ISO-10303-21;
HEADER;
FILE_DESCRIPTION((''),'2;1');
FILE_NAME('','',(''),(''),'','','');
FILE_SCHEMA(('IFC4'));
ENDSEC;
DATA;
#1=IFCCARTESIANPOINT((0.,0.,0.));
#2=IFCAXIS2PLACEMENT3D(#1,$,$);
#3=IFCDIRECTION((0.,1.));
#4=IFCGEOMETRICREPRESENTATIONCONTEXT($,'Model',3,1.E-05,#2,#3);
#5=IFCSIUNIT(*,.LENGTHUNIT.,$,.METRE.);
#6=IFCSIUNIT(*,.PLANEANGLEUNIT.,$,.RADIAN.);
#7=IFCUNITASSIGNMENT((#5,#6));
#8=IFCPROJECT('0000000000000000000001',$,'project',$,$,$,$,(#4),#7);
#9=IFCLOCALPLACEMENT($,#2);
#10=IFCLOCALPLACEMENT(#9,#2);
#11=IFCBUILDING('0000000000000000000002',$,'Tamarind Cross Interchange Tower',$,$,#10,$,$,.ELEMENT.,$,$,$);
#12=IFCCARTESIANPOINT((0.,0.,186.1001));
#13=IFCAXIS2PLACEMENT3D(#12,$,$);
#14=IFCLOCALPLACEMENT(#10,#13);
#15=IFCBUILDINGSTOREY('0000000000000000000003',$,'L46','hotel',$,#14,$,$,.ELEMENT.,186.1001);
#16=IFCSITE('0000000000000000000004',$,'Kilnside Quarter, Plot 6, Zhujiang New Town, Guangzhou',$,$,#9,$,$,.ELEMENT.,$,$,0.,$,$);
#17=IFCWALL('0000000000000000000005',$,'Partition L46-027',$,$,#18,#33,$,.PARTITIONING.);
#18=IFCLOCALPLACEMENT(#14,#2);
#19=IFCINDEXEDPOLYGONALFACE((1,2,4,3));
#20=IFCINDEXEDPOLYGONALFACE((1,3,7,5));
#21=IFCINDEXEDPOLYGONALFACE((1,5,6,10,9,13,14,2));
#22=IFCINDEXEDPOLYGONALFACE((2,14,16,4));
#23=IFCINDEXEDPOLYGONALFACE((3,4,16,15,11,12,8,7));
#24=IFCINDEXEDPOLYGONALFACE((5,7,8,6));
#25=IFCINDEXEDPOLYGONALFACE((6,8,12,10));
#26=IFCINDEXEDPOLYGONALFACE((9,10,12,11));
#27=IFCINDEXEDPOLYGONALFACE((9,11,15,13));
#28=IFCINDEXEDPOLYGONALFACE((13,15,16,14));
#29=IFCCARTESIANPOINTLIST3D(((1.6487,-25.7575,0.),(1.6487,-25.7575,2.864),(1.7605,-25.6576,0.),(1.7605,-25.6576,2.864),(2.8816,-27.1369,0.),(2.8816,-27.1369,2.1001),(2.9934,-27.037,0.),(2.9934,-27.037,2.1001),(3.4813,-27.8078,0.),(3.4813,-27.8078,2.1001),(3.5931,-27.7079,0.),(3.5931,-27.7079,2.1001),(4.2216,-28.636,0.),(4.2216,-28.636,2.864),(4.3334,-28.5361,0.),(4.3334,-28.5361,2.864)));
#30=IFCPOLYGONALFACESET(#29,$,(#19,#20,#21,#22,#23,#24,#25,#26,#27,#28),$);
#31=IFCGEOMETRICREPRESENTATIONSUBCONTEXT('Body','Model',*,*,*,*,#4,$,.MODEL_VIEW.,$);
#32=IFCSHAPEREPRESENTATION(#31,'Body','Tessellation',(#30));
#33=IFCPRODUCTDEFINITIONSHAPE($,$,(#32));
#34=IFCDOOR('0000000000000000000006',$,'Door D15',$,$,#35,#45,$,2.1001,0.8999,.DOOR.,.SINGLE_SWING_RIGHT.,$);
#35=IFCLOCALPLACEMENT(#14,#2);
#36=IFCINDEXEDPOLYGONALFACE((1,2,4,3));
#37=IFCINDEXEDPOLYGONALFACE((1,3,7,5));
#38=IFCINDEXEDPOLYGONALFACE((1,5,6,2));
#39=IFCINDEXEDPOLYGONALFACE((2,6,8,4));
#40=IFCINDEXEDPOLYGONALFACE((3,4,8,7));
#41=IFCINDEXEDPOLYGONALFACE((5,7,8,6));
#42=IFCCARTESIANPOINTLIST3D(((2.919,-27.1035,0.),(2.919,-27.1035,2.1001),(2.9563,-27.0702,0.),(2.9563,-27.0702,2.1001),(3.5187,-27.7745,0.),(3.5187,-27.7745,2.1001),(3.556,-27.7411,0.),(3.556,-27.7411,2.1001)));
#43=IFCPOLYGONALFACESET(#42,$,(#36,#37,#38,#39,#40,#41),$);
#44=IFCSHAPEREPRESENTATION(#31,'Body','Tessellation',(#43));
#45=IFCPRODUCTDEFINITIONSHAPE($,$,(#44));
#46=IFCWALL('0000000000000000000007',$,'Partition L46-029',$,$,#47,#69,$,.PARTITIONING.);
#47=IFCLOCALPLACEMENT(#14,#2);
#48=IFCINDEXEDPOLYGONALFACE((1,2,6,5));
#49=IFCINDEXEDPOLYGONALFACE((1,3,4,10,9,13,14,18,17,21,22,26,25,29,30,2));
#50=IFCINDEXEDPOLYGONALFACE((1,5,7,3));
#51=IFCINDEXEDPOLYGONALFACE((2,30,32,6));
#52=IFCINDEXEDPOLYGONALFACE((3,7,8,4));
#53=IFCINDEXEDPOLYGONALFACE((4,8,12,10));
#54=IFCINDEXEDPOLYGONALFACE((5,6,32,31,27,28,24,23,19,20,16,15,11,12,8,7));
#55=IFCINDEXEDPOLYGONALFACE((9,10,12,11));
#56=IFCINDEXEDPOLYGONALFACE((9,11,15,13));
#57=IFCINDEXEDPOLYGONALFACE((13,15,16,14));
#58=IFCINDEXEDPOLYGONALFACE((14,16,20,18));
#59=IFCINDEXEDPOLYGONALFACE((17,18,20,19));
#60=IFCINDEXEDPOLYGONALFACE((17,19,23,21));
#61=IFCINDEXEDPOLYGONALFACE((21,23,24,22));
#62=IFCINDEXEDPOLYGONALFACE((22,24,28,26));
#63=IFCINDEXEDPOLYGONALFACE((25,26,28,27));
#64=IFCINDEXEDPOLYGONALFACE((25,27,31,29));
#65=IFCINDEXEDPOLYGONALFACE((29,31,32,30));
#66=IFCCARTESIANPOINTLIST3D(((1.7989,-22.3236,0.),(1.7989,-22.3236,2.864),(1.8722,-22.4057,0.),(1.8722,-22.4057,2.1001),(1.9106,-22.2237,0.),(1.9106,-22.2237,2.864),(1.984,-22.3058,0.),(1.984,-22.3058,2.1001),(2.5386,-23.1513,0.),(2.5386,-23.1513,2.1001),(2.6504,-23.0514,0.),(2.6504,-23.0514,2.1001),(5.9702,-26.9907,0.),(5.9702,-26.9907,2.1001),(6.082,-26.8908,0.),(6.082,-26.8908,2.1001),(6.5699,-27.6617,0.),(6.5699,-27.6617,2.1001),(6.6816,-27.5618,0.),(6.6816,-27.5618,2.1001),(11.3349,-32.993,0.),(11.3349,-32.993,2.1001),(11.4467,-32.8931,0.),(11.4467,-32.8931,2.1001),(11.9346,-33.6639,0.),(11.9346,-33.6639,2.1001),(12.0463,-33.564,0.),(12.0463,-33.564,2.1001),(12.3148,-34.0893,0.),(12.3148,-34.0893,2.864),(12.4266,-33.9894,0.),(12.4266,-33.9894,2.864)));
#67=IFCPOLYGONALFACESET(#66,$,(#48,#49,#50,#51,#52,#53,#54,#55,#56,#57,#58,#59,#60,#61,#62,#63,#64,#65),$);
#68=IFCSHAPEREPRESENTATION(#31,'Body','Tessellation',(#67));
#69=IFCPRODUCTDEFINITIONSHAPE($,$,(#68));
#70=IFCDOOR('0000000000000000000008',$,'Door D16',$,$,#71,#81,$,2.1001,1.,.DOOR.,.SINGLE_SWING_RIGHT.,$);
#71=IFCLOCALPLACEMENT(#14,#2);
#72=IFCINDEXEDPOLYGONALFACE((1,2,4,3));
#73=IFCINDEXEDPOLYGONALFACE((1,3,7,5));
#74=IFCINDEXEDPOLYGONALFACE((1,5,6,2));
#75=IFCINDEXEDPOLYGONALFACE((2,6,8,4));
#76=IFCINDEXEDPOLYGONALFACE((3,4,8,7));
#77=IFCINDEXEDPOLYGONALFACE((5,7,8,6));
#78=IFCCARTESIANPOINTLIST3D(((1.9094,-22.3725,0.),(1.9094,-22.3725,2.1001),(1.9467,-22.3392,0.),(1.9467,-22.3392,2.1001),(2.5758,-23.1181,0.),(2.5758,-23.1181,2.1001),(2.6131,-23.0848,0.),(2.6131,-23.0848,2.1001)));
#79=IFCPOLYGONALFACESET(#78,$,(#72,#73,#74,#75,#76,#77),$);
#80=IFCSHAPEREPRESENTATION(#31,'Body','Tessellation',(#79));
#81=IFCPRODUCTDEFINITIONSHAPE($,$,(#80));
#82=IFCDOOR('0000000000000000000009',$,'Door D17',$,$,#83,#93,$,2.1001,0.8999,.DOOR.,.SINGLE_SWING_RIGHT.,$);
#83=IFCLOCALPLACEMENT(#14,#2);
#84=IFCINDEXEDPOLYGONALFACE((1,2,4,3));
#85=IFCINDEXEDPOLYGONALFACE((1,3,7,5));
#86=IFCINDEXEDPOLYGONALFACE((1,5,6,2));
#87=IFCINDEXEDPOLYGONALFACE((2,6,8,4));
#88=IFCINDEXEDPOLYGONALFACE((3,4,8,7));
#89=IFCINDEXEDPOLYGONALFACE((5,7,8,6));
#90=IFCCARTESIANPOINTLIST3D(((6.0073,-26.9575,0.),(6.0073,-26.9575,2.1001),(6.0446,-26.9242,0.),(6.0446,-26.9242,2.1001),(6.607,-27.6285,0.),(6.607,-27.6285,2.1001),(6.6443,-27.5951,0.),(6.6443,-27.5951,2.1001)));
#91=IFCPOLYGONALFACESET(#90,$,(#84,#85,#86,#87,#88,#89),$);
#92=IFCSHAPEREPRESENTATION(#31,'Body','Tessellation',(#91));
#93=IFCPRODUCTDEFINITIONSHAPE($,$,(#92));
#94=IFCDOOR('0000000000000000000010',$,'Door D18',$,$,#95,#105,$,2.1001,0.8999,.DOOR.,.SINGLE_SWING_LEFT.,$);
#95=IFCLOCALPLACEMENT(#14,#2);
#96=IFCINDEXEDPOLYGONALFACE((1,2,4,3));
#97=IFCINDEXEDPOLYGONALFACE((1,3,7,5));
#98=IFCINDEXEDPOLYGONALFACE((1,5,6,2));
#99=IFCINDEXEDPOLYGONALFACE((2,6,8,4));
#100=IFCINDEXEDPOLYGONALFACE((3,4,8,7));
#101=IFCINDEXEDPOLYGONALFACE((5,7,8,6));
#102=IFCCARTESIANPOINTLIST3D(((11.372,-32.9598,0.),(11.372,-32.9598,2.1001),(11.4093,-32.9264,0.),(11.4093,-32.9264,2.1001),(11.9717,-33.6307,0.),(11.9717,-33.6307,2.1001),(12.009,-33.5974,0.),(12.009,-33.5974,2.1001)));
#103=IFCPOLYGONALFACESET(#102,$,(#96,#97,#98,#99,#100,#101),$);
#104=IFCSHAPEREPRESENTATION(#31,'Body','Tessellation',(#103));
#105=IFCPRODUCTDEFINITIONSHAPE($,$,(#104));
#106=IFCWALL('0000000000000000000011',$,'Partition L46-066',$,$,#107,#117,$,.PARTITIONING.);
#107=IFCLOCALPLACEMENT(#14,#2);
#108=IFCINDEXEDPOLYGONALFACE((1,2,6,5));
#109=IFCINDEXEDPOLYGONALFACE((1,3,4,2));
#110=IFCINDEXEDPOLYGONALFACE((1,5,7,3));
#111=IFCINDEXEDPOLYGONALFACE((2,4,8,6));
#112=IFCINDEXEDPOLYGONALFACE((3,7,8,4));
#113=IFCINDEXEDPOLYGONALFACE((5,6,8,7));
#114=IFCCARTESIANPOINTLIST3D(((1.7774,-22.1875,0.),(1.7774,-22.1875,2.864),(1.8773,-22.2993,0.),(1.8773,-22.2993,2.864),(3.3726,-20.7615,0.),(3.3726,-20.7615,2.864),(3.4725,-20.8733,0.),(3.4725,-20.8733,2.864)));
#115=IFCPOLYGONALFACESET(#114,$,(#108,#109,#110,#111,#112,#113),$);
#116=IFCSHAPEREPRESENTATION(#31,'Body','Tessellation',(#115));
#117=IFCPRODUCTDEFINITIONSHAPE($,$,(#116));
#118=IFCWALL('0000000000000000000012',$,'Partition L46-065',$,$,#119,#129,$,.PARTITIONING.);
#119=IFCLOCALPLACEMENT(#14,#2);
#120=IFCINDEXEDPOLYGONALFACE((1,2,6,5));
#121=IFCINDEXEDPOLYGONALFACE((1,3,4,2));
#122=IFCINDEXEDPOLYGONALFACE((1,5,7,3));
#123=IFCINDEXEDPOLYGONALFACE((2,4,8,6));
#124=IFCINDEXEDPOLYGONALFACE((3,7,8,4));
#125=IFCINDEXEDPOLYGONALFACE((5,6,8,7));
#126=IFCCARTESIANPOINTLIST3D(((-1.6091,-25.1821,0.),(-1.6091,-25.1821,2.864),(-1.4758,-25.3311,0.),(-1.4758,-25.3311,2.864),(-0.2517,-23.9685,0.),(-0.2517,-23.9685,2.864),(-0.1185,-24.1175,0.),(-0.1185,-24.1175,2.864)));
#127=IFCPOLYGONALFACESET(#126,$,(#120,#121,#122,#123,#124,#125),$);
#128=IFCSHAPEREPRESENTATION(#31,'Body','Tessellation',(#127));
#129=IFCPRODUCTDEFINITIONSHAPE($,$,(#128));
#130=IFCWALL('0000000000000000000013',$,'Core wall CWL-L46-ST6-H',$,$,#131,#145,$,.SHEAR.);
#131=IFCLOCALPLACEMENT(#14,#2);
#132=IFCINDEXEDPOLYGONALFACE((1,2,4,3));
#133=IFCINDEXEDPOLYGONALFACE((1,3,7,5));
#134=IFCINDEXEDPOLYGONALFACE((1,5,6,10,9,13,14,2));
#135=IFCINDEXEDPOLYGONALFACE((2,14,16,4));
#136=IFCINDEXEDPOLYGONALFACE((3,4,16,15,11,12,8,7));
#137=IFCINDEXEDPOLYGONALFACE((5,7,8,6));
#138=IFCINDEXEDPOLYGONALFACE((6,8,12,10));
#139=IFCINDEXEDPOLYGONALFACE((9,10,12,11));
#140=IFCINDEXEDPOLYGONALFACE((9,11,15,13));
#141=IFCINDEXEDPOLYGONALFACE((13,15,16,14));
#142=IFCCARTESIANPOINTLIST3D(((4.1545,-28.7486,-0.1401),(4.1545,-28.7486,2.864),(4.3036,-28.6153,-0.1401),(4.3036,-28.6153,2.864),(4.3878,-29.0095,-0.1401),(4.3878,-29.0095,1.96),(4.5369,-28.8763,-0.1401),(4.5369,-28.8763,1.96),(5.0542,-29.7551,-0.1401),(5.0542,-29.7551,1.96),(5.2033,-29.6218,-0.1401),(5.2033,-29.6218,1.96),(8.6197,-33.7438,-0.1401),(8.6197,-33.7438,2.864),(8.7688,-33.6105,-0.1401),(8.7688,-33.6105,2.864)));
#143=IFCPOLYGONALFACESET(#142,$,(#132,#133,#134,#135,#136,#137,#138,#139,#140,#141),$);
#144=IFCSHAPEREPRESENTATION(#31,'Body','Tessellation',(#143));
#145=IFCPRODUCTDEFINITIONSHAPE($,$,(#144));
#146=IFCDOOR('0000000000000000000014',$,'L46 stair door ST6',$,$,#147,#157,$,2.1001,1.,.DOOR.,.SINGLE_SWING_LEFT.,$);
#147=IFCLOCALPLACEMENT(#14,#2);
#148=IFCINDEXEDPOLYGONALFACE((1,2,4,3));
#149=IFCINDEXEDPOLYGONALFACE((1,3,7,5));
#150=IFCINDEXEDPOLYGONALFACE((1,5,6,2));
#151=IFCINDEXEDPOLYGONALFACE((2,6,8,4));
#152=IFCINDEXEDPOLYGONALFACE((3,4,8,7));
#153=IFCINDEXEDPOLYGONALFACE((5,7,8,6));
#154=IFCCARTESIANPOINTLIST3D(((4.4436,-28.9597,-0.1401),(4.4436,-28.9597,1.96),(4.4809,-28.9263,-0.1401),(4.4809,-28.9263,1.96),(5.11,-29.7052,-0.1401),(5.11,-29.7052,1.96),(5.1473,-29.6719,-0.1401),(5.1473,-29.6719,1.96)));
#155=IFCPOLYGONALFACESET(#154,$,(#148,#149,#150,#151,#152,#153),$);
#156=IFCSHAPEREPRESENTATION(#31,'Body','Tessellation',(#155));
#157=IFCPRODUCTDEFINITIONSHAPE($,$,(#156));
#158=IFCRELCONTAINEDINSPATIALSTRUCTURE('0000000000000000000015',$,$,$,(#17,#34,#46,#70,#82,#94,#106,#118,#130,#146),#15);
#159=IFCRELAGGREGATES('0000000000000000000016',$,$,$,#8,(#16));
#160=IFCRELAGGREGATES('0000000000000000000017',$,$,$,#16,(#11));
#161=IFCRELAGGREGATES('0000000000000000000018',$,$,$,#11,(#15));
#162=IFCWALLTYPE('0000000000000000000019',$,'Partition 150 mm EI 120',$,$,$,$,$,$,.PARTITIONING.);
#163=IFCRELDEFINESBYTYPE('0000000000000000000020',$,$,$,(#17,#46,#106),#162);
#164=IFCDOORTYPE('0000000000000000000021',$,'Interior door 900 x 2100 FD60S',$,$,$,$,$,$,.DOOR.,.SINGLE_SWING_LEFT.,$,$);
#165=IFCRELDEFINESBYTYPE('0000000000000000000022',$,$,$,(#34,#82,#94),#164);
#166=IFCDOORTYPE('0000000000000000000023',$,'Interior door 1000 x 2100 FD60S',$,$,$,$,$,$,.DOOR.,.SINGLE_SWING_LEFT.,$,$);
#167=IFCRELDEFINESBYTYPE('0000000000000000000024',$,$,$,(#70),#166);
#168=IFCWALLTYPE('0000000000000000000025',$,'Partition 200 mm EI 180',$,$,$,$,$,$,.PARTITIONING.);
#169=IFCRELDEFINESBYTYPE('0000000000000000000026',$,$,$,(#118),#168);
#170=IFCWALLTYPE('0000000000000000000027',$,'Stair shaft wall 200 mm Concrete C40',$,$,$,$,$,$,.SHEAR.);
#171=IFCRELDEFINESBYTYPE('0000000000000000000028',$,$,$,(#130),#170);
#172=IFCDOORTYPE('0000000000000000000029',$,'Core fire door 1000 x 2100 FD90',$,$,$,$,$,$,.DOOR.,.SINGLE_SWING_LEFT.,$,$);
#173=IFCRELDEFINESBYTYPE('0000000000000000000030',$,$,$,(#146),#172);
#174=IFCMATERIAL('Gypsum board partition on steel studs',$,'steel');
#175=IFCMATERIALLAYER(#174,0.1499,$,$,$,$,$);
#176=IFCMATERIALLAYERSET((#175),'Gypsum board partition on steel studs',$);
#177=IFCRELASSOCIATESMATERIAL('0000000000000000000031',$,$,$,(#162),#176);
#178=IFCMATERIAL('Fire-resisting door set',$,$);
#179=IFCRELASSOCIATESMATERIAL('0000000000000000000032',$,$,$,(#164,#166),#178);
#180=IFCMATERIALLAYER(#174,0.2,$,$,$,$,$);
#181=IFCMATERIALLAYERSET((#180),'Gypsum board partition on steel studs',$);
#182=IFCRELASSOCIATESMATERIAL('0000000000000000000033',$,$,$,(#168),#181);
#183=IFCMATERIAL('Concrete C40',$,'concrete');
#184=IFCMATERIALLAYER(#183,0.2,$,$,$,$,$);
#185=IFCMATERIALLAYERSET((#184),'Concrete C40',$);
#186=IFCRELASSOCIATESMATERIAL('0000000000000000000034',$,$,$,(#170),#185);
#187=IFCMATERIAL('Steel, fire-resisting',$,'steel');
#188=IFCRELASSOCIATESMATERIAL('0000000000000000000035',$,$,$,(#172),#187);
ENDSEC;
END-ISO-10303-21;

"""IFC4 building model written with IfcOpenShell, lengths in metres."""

from ifc_helpers import new_model, si_unit, direction, frame, frame_2d, origin, place, context, subcontext, project, spatial, rectangle, extrude, material, layer, layer_set, type_object, element, fill, save


model = new_model("IFC4")

# Units and contexts
model_context = context("Model", 3, precision=1e-05, world=origin(), true_north=direction((0.0, 1.0)))
body_context = subcontext(model_context, "Body", "Model", "MODEL_VIEW")
ifc_project = project(units=[si_unit("LENGTHUNIT", "METRE"), si_unit("PLANEANGLEUNIT", "RADIAN")], contexts=[model_context])

# Site, building, storey
site_placement = place(None, origin())
site = spatial("IfcSite", under=ifc_project, at=site_placement, Name="Kilnside Quarter, Plot 6, Zhujiang New Town, Guangzhou", CompositionType="ELEMENT", RefElevation=0.0)
building_placement = place(site_placement, origin())
building = spatial("IfcBuilding", under=site, at=building_placement, Name="Tamarind Cross Interchange Tower", CompositionType="ELEMENT")
storey_placement = place(building_placement, frame((0.0, 0.0, 186.1001)))
storey = spatial("IfcBuildingStorey", under=building, at=storey_placement, Name="L46", Description="hotel", CompositionType="ELEMENT", Elevation=186.1001)

# Wall, opening, door
ifc_material_1 = material(Name="Gypsum board partition on steel studs", Category="steel")
ifc_layer_1 = layer(ifc_material_1, 0.1499)
ifc_layer_set_1 = layer_set([ifc_layer_1], Name="Gypsum board partition on steel studs")
wall_type_1 = type_object("IfcWallType", Name="Partition 150 mm EI 120", PredefinedType="PARTITIONING", material=ifc_layer_set_1)
ifc_material_2 = material(Name="Fire-resisting door set")
door_type_1 = type_object("IfcDoorType", Name="Interior door 900 x 2100 FD60S", OperationType="SINGLE_SWING_LEFT", PredefinedType="DOOR", material=ifc_material_2)
wall_1_placement = place(storey_placement, frame((1.7046, -25.7075, 0.0), z_axis=(0.0, 0.0, 1.0), x_axis=(0.666414, -0.745582, 0.0)))
wall_1 = element("IfcWall", 1, at=wall_1_placement, inside=storey, type_object=wall_type_1, Name="Partition L46-027", PredefinedType="PARTITIONING", context=body_context, shape_type="SweptSolid", body=[
    extrude(rectangle(XDim=3.8608, YDim=0.1499, at=frame_2d((1.9304, 0.0))), origin(), (0.0, 0.0, 1.0), 2.864),
])
opening_1_placement = place(wall_1_placement, frame((1.8501, 0.0, 0.0)))
opening_1 = element("IfcOpeningElement", 2, at=opening_1_placement, cuts=wall_1, PredefinedType="OPENING", context=body_context, shape_type="SweptSolid", body=[
    extrude(rectangle(XDim=0.8999, YDim=2.1001, at=frame_2d((0.45, 1.05))), frame((0.0, 0.085, 0.0), z_axis=(0.0, -1.0, 0.0), x_axis=(1.0, 0.0, 0.0)), (0.0, 0.0, 1.0), 0.1699),
])
door_1_placement = place(opening_1_placement, frame((0.8999, 0.0, 0.0), z_axis=(0.0, 0.0, 1.0), x_axis=(-1.0, 0.0, 0.0)))
door_1 = element("IfcDoor", 3, at=door_1_placement, inside=storey, type_object=door_type_1, Name="Door D15", OperationType="SINGLE_SWING_RIGHT", OverallHeight=2.1001, OverallWidth=0.8999, PredefinedType="DOOR", context=body_context, shape_type="SweptSolid", body=[
    extrude(rectangle(XDim=0.8999, YDim=2.1001, at=frame_2d((0.45, 1.05))), frame((0.0, 0.0249, 0.0), z_axis=(0.0, -1.0, 0.0), x_axis=(1.0, 0.0, 0.0)), (0.0, 0.0, 1.0), 0.05),
])
fill(opening_1, door_1)

# Wall, openings, doors
wall_2_placement = place(storey_placement, frame((1.8547, -22.2737, 0.0), z_axis=(0.0, 0.0, 1.0), x_axis=(0.666398, -0.745596, 0.0)))
wall_2 = element("IfcWall", 4, at=wall_2_placement, inside=storey, type_object=wall_type_1, Name="Partition L46-029", PredefinedType="PARTITIONING", context=body_context, shape_type="SweptSolid", body=[
    extrude(rectangle(XDim=15.7803, YDim=0.1499, at=frame_2d((7.8901, 0.0))), origin(), (0.0, 0.0, 1.0), 2.864),
])
opening_2_placement = place(wall_2_placement, frame((0.1101, 0.0, 0.0)))
opening_2 = element("IfcOpeningElement", 5, at=opening_2_placement, cuts=wall_2, PredefinedType="OPENING", context=body_context, shape_type="SweptSolid", body=[
    extrude(rectangle(XDim=1.0, YDim=2.1001, at=frame_2d((0.5, 1.05))), frame((0.0, 0.085, 0.0), z_axis=(0.0, -1.0, 0.0), x_axis=(1.0, 0.0, 0.0)), (0.0, 0.0, 1.0), 0.1699),
])
opening_3_placement = place(wall_2_placement, frame((6.2595, 0.0, 0.0)))
opening_3 = element("IfcOpeningElement", 6, at=opening_3_placement, cuts=wall_2, PredefinedType="OPENING", context=body_context, shape_type="SweptSolid", body=[
    extrude(rectangle(XDim=0.8999, YDim=2.1001, at=frame_2d((0.45, 1.05))), frame((0.0, 0.085, 0.0), z_axis=(0.0, -1.0, 0.0), x_axis=(1.0, 0.0, 0.0)), (0.0, 0.0, 1.0), 0.1699),
])
opening_4_placement = place(wall_2_placement, frame((14.3098, 0.0, 0.0)))
opening_4 = element("IfcOpeningElement", 7, at=opening_4_placement, cuts=wall_2, PredefinedType="OPENING", context=body_context, shape_type="SweptSolid", body=[
    extrude(rectangle(XDim=0.8999, YDim=2.1001, at=frame_2d((0.45, 1.05))), frame((0.0, 0.085, 0.0), z_axis=(0.0, -1.0, 0.0), x_axis=(1.0, 0.0, 0.0)), (0.0, 0.0, 1.0), 0.1699),
])
door_type_2 = type_object("IfcDoorType", Name="Interior door 1000 x 2100 FD60S", OperationType="SINGLE_SWING_LEFT", PredefinedType="DOOR", material=ifc_material_2)
door_2_placement = place(opening_2_placement, origin())
door_2 = element("IfcDoor", 8, at=door_2_placement, inside=storey, type_object=door_type_2, Name="Door D16", OperationType="SINGLE_SWING_RIGHT", OverallHeight=2.1001, OverallWidth=1.0, PredefinedType="DOOR", context=body_context, shape_type="SweptSolid", body=[
    extrude(rectangle(XDim=1.0, YDim=2.1001, at=frame_2d((0.5, 1.05))), frame((0.0, 0.0249, 0.0), z_axis=(0.0, -1.0, 0.0), x_axis=(1.0, 0.0, 0.0)), (0.0, 0.0, 1.0), 0.05),
])
fill(opening_2, door_2)
door_3_placement = place(opening_3_placement, origin())
door_3 = element("IfcDoor", 9, at=door_3_placement, inside=storey, type_object=door_type_1, Name="Door D17", OperationType="SINGLE_SWING_RIGHT", OverallHeight=2.1001, OverallWidth=0.8999, PredefinedType="DOOR", context=body_context, shape_type="SweptSolid", body=[
    extrude(rectangle(XDim=0.8999, YDim=2.1001, at=frame_2d((0.45, 1.05))), frame((0.0, 0.0249, 0.0), z_axis=(0.0, -1.0, 0.0), x_axis=(1.0, 0.0, 0.0)), (0.0, 0.0, 1.0), 0.05),
])
fill(opening_3, door_3)
door_4_placement = place(opening_4_placement, origin())
door_4 = element("IfcDoor", 10, at=door_4_placement, inside=storey, type_object=door_type_1, Name="Door D18", OperationType="SINGLE_SWING_LEFT", OverallHeight=2.1001, OverallWidth=0.8999, PredefinedType="DOOR", context=body_context, shape_type="SweptSolid", body=[
    extrude(rectangle(XDim=0.8999, YDim=2.1001, at=frame_2d((0.45, 1.05))), frame((0.0, 0.0249, 0.0), z_axis=(0.0, -1.0, 0.0), x_axis=(1.0, 0.0, 0.0)), (0.0, 0.0, 1.0), 0.05),
])
fill(opening_4, door_4)

# Walls
wall_3_placement = place(storey_placement, frame((1.8274, -22.2434, 0.0), z_axis=(0.0, 0.0, 1.0), x_axis=(0.745537, 0.666465, 0.0)))
element("IfcWall", 11, at=wall_3_placement, inside=storey, type_object=wall_type_1, Name="Partition L46-066", PredefinedType="PARTITIONING", context=body_context, shape_type="SweptSolid", body=[
    extrude(rectangle(XDim=2.1396, YDim=0.1499, at=frame_2d((1.0698, 0.0))), origin(), (0.0, 0.0, 1.0), 2.864),
])
ifc_layer_2 = layer(ifc_material_1, 0.2)
ifc_layer_set_2 = layer_set([ifc_layer_2], Name="Gypsum board partition on steel studs")
wall_type_2 = type_object("IfcWallType", Name="Partition 200 mm EI 180", PredefinedType="PARTITIONING", material=ifc_layer_set_2)
wall_4_placement = place(storey_placement, frame((-1.5425, -25.2566, 0.0), z_axis=(0.0, 0.0, 1.0), x_axis=(0.74549, 0.666517, 0.0)))
element("IfcWall", 12, at=wall_4_placement, inside=storey, type_object=wall_type_2, Name="Partition L46-065", PredefinedType="PARTITIONING", context=body_context, shape_type="SweptSolid", body=[
    extrude(rectangle(XDim=1.8208, YDim=0.2, at=frame_2d((0.9104, 0.0))), origin(), (0.0, 0.0, 1.0), 2.864),
])

# Wall, opening, door
ifc_material_3 = material(Name="Concrete C40", Category="concrete")
ifc_layer_3 = layer(ifc_material_3, 0.2)
ifc_layer_set_3 = layer_set([ifc_layer_3], Name="Concrete C40")
wall_type_3 = type_object("IfcWallType", Name="Stair shaft wall 200 mm Concrete C40", PredefinedType="SHEAR", material=ifc_layer_set_3)
wall_5_placement = place(storey_placement, frame((4.229, -28.6819, -0.1401), z_axis=(0.0, 0.0, 1.0), x_axis=(0.666444, -0.745555, 0.0)))
wall_5 = element("IfcWall", 13, at=wall_5_placement, inside=storey, type_object=wall_type_3, Name="Core wall CWL-L46-ST6-H", PredefinedType="SHEAR", context=body_context, shape_type="SweptSolid", body=[
    extrude(rectangle(XDim=6.7, YDim=0.2, at=frame_2d((3.3501, 0.0))), origin(), (0.0, 0.0, 1.0), 3.0042),
])
opening_5_placement = place(wall_5_placement, frame((0.3501, 0.0, 0.0)))
opening_5 = element("IfcOpeningElement", 14, at=opening_5_placement, cuts=wall_5, PredefinedType="OPENING", context=body_context, shape_type="SweptSolid", body=[
    extrude(rectangle(XDim=1.0, YDim=2.1001, at=frame_2d((0.5, 1.05))), frame((0.0, 0.1099, 0.0), z_axis=(0.0, -1.0, 0.0), x_axis=(1.0, 0.0, 0.0)), (0.0, 0.0, 1.0), 0.22),
])
ifc_material_4 = material(Name="Steel, fire-resisting", Category="steel")
door_type_3 = type_object("IfcDoorType", Name="Core fire door 1000 x 2100 FD90", OperationType="SINGLE_SWING_LEFT", PredefinedType="DOOR", material=ifc_material_4)
door_5_placement = place(opening_5_placement, origin())
door_5 = element("IfcDoor", 15, at=door_5_placement, inside=storey, type_object=door_type_3, Name="L46 stair door ST6", OperationType="SINGLE_SWING_LEFT", OverallHeight=2.1001, OverallWidth=1.0, PredefinedType="DOOR", context=body_context, shape_type="SweptSolid", body=[
    extrude(rectangle(XDim=1.0, YDim=2.1001, at=frame_2d((0.5, 1.05))), frame((0.0, 0.0249, 0.0), z_axis=(0.0, -1.0, 0.0), x_axis=(1.0, 0.0, 0.0)), (0.0, 0.0, 1.0), 0.05),
])
fill(opening_5, door_5)

save(model, "model.ifc")
